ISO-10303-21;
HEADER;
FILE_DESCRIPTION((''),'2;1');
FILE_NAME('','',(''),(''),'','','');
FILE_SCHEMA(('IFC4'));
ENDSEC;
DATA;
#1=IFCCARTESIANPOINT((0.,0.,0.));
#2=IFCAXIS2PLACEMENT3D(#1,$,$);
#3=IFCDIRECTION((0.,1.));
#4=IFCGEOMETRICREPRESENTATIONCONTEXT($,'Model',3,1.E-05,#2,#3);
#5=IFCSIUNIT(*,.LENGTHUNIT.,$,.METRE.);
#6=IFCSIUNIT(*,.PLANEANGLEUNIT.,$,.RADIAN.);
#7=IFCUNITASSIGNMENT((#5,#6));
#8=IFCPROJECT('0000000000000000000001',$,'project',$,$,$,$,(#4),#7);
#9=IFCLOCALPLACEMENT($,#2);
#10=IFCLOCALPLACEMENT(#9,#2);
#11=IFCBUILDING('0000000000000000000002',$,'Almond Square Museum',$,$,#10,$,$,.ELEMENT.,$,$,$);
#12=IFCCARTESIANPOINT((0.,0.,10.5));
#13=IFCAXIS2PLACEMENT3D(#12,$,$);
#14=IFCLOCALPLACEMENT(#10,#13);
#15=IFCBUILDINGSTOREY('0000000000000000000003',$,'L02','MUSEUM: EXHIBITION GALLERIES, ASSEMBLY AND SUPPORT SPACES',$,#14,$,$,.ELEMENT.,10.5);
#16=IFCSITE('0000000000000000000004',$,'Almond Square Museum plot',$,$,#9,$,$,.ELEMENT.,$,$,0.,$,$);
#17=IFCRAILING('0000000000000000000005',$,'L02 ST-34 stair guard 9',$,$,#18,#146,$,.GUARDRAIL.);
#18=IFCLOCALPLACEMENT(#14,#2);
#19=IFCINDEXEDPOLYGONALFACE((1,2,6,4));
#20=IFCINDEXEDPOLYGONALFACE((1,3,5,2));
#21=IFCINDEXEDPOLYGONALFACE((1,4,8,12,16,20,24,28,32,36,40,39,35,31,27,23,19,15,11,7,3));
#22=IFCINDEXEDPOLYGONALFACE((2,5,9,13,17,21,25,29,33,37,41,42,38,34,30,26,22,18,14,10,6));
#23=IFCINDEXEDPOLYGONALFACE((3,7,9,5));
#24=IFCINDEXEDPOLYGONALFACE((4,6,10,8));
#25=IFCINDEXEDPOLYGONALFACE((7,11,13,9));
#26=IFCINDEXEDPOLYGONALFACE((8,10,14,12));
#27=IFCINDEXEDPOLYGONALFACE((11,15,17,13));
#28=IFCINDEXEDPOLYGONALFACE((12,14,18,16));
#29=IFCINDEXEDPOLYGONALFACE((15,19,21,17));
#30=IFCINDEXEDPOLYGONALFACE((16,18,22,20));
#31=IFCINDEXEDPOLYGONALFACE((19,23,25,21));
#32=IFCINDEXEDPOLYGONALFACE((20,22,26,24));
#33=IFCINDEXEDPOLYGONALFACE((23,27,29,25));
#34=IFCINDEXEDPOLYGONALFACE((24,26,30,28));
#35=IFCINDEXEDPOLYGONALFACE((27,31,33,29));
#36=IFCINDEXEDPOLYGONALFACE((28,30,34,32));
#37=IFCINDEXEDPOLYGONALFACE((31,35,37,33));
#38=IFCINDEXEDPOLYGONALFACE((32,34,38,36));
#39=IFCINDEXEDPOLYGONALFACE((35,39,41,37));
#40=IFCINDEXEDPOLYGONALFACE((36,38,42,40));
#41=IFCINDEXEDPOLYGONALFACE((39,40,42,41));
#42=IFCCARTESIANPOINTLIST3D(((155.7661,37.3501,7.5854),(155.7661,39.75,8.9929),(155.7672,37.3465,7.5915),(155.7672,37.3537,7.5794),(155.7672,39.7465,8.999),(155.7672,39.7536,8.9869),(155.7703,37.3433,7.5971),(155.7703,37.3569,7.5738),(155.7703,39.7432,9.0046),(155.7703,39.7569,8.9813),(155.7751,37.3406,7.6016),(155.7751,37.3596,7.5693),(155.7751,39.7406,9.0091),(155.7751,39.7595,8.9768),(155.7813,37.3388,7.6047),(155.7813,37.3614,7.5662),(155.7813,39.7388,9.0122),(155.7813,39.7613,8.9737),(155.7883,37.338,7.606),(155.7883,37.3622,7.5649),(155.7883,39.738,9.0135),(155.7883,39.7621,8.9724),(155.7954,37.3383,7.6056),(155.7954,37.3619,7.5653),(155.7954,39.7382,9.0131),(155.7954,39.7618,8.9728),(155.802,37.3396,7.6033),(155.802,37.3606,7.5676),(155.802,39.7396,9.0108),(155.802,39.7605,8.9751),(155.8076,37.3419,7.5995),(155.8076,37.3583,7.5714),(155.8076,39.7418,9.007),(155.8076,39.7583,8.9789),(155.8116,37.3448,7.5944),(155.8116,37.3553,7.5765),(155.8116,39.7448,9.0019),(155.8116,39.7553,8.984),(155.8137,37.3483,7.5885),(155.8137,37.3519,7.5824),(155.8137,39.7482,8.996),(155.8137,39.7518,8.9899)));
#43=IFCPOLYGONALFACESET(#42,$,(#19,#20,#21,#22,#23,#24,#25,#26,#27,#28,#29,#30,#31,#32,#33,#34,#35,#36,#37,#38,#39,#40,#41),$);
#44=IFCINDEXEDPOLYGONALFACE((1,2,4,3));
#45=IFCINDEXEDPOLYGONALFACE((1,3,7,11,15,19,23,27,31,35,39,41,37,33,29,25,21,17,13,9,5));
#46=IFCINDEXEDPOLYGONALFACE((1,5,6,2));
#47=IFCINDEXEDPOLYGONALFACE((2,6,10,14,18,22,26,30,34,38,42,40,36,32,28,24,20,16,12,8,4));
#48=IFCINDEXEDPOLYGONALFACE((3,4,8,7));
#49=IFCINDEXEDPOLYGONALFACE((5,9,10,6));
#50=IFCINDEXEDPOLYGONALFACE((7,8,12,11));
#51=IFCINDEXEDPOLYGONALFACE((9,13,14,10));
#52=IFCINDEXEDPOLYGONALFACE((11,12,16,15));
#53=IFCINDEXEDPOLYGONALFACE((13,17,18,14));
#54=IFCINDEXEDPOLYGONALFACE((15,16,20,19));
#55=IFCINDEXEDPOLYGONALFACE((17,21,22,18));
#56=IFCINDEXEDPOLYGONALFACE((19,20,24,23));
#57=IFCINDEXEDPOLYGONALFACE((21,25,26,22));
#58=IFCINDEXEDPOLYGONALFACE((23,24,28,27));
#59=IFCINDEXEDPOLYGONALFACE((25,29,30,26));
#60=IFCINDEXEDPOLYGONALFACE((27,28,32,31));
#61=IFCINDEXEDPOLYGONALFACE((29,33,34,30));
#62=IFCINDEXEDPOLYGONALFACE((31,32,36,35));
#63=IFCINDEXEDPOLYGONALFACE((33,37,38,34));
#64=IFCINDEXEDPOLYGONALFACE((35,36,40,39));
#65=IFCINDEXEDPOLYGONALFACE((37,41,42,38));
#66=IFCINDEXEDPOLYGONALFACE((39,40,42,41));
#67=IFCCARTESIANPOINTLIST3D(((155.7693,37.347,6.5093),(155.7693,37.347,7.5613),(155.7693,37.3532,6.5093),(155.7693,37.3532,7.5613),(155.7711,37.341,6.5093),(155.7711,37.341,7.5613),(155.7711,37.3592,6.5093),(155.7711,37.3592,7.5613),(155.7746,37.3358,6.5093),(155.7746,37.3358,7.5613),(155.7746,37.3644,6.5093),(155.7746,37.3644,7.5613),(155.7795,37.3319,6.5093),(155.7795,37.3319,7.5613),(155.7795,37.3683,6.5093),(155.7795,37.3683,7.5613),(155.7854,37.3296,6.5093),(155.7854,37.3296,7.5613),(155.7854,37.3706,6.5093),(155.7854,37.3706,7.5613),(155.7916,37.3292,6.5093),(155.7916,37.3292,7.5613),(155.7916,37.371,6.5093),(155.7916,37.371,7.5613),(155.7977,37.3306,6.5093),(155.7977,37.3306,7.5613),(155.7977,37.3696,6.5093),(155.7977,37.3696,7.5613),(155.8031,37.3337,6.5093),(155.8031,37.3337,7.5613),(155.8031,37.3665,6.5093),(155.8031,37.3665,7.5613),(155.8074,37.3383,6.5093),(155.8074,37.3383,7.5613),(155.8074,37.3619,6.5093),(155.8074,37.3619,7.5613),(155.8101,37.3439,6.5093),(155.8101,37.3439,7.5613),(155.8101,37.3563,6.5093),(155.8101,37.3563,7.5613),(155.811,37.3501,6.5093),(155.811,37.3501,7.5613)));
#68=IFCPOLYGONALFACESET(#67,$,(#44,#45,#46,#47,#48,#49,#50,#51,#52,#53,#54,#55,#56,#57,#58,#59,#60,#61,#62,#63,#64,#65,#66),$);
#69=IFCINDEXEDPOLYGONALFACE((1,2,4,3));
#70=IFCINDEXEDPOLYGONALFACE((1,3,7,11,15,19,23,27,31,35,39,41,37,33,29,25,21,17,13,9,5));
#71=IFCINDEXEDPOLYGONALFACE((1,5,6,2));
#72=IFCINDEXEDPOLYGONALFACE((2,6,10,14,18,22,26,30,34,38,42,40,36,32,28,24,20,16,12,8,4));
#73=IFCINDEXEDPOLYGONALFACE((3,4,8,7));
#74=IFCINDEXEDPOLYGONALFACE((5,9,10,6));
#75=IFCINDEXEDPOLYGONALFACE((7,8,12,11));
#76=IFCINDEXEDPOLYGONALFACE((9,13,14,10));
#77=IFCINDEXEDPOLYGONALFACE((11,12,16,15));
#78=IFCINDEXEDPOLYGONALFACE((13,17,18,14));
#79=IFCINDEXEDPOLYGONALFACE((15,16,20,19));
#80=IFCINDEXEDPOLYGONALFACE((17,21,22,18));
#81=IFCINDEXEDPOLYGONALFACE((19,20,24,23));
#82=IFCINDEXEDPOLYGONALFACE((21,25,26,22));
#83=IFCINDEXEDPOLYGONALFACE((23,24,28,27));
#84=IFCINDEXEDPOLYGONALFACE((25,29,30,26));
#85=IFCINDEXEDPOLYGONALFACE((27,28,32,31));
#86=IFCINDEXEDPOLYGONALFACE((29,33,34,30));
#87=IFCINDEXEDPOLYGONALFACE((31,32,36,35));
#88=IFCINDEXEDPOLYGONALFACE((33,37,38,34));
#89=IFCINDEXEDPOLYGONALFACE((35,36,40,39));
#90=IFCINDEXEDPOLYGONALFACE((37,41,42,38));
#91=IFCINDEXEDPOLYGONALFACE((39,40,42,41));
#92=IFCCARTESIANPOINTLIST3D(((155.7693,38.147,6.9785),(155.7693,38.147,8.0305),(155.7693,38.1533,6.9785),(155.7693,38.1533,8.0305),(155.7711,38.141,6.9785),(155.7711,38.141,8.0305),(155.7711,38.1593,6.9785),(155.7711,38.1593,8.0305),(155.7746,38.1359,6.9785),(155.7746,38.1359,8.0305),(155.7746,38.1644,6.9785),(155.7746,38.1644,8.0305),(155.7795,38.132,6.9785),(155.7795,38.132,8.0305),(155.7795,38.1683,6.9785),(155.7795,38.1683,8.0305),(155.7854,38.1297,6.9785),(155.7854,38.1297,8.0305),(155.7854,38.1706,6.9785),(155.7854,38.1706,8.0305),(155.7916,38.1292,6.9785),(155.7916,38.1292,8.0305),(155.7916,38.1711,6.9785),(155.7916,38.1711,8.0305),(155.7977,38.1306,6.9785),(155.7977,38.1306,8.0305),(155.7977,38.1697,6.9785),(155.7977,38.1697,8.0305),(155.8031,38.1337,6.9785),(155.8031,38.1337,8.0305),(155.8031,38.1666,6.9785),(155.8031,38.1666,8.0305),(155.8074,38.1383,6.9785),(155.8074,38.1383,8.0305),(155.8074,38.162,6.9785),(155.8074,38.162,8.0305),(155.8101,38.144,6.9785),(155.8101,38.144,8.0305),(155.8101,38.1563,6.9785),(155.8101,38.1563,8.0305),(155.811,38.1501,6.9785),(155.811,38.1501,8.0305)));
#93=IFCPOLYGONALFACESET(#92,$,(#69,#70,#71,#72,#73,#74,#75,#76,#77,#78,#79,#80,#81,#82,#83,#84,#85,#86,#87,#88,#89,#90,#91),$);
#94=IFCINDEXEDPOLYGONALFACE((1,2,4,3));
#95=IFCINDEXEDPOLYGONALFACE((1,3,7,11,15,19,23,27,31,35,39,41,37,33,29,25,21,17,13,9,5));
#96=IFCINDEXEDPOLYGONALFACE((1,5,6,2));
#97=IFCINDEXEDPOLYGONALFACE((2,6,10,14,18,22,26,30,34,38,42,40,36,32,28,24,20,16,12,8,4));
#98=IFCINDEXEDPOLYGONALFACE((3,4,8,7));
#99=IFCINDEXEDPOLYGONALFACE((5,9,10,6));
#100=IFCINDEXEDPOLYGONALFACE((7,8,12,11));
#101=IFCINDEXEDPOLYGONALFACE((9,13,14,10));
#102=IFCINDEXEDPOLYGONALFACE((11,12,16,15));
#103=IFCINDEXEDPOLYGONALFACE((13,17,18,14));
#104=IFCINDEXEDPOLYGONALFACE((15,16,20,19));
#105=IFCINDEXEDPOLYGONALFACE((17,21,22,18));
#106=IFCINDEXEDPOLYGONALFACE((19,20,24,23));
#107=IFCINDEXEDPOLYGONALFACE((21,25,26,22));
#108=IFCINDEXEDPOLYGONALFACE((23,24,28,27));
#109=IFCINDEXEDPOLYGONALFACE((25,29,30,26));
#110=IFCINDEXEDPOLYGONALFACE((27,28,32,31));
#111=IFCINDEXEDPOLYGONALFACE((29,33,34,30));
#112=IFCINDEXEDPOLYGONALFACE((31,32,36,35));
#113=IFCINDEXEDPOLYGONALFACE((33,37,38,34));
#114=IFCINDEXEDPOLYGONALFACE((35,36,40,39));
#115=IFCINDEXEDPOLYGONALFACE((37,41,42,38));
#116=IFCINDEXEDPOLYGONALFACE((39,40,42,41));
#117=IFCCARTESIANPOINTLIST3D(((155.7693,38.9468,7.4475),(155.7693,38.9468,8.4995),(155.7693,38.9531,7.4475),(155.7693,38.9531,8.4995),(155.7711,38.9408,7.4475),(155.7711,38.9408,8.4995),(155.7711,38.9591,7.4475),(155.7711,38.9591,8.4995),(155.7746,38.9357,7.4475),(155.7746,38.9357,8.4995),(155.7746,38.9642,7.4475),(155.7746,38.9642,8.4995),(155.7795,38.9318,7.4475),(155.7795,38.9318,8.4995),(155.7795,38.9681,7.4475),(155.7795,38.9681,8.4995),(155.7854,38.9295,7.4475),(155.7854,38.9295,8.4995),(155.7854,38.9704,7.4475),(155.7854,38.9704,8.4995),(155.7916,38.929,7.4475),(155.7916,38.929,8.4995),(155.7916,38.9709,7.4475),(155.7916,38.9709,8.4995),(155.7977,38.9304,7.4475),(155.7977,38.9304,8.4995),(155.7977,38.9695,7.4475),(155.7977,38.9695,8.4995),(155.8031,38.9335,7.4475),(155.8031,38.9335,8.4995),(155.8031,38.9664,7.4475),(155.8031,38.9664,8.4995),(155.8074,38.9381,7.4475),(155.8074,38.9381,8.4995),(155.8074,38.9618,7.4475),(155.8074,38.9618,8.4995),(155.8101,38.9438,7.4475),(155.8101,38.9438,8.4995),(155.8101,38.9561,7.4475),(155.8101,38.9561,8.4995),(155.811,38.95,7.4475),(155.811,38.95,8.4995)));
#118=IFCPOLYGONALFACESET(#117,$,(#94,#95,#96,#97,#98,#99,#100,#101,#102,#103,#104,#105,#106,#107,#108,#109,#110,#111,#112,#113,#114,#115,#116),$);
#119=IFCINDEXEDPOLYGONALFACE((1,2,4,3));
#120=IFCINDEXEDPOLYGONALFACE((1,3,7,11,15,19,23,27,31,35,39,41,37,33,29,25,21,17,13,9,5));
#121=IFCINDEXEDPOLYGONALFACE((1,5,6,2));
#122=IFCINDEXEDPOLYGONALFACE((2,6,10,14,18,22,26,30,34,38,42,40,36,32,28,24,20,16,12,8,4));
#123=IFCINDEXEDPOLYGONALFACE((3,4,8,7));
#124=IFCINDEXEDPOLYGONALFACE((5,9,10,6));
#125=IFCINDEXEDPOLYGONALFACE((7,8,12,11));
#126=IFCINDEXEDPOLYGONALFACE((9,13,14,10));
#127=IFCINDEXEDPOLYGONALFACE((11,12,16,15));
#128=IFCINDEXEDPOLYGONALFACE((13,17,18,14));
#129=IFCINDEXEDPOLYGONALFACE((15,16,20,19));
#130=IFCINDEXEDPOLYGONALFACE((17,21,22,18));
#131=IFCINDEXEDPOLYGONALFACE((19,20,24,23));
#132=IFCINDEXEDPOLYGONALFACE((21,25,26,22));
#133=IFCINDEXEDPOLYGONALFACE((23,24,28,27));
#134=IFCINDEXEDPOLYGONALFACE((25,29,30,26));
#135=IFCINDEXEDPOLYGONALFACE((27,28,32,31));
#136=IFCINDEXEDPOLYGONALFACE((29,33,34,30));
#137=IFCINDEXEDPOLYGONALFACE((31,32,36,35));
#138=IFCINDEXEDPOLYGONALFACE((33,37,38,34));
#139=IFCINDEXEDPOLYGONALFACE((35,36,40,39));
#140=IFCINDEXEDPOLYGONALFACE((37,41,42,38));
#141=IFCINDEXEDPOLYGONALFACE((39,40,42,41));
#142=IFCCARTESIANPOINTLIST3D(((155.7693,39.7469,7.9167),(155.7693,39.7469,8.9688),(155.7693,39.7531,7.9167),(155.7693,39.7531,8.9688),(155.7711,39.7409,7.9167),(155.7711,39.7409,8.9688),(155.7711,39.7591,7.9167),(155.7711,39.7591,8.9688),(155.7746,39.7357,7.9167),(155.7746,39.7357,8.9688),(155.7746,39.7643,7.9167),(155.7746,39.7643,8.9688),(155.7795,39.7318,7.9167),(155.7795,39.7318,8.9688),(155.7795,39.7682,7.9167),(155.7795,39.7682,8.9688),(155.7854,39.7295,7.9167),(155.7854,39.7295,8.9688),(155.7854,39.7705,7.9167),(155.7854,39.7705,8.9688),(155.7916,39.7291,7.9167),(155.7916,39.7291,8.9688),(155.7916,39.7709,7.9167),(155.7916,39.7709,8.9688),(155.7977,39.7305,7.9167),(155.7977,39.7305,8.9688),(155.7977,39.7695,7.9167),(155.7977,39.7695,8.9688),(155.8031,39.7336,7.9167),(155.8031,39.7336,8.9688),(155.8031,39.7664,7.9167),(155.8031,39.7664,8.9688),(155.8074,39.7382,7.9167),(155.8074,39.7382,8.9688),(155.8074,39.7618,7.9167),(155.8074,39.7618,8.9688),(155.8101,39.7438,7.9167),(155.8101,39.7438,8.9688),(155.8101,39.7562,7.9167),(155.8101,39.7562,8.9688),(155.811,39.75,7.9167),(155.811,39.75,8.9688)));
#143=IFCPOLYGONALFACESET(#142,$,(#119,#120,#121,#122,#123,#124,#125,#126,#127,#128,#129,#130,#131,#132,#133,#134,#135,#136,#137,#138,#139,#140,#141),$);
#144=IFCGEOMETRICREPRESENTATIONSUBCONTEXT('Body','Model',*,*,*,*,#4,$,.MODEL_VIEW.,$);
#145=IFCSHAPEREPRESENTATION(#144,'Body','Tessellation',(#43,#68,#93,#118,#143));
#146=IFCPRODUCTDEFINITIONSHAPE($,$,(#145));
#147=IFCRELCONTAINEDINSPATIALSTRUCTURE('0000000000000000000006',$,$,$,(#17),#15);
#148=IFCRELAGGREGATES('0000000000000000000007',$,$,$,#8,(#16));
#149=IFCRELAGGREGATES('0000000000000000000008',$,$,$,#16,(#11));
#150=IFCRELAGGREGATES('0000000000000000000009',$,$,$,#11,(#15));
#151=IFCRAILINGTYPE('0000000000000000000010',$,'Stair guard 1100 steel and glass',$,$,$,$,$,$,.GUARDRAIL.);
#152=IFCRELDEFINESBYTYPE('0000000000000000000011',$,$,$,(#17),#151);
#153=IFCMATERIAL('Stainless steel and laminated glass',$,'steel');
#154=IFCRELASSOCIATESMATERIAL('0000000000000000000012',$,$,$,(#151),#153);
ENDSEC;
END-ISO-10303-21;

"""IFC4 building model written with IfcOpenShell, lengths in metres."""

from ifc_helpers import new_model, si_unit, direction, frame, origin, origin_2d, place, context, subcontext, project, spatial, circle, extrude, material, type_object, element, save


model = new_model("IFC4")

# Units and contexts
model_context = context("Model", 3, precision=1e-05, world=origin(), true_north=direction((0.0, 1.0)))
body_context = subcontext(model_context, "Body", "Model", "MODEL_VIEW")
ifc_project = project(units=[si_unit("LENGTHUNIT", "METRE"), si_unit("PLANEANGLEUNIT", "RADIAN")], contexts=[model_context])

# Site, building, storey
site_placement = place(None, origin())
site = spatial("IfcSite", under=ifc_project, at=site_placement, Name="Almond Square Museum plot", CompositionType="ELEMENT", RefElevation=0.0)
building_placement = place(site_placement, origin())
building = spatial("IfcBuilding", under=site, at=building_placement, Name="Almond Square Museum", CompositionType="ELEMENT")
storey_placement = place(building_placement, frame((0.0, 0.0, 10.5)))
storey = spatial("IfcBuildingStorey", under=building, at=storey_placement, Name="L02", Description="MUSEUM: EXHIBITION GALLERIES, ASSEMBLY AND SUPPORT SPACES", CompositionType="ELEMENT", Elevation=10.5)

# Railing
ifc_material_1 = material(Name="Stainless steel and laminated glass", Category="steel")
railing_type_1 = type_object("IfcRailingType", Name="Stair guard 1100 steel and glass", PredefinedType="GUARDRAIL", material=ifc_material_1)
railing_1_placement = place(storey_placement, frame((155.79, 37.3501, 6.5093)))
element("IfcRailing", 1, at=railing_1_placement, inside=storey, type_object=railing_type_1, Name="L02 ST-34 stair guard 9", PredefinedType="GUARDRAIL", context=body_context, shape_type="SweptSolid", body=[
    extrude(circle(Radius=0.0239, at=origin_2d()), frame((0.0, 0.0, 1.0762), z_axis=(0.0, 0.862599, 0.505888), x_axis=(-1.0, 0.0, 0.0)), (0.0, 0.0, 1.0), 2.7822),
    extrude(circle(Radius=0.021, at=origin_2d()), origin(), (0.0, 0.0, 1.0), 1.052),
    extrude(circle(Radius=0.021, at=origin_2d()), frame((0.0, 0.8, 0.4692)), (0.0, 0.0, 1.0), 1.052),
    extrude(circle(Radius=0.021, at=origin_2d()), frame((0.0, 1.5999, 0.9382)), (0.0, 0.0, 1.0), 1.052),
    extrude(circle(Radius=0.021, at=origin_2d()), frame((0.0, 2.3999, 1.4075)), (0.0, 0.0, 1.0), 1.052),
])

save(model, "model.ifc")
